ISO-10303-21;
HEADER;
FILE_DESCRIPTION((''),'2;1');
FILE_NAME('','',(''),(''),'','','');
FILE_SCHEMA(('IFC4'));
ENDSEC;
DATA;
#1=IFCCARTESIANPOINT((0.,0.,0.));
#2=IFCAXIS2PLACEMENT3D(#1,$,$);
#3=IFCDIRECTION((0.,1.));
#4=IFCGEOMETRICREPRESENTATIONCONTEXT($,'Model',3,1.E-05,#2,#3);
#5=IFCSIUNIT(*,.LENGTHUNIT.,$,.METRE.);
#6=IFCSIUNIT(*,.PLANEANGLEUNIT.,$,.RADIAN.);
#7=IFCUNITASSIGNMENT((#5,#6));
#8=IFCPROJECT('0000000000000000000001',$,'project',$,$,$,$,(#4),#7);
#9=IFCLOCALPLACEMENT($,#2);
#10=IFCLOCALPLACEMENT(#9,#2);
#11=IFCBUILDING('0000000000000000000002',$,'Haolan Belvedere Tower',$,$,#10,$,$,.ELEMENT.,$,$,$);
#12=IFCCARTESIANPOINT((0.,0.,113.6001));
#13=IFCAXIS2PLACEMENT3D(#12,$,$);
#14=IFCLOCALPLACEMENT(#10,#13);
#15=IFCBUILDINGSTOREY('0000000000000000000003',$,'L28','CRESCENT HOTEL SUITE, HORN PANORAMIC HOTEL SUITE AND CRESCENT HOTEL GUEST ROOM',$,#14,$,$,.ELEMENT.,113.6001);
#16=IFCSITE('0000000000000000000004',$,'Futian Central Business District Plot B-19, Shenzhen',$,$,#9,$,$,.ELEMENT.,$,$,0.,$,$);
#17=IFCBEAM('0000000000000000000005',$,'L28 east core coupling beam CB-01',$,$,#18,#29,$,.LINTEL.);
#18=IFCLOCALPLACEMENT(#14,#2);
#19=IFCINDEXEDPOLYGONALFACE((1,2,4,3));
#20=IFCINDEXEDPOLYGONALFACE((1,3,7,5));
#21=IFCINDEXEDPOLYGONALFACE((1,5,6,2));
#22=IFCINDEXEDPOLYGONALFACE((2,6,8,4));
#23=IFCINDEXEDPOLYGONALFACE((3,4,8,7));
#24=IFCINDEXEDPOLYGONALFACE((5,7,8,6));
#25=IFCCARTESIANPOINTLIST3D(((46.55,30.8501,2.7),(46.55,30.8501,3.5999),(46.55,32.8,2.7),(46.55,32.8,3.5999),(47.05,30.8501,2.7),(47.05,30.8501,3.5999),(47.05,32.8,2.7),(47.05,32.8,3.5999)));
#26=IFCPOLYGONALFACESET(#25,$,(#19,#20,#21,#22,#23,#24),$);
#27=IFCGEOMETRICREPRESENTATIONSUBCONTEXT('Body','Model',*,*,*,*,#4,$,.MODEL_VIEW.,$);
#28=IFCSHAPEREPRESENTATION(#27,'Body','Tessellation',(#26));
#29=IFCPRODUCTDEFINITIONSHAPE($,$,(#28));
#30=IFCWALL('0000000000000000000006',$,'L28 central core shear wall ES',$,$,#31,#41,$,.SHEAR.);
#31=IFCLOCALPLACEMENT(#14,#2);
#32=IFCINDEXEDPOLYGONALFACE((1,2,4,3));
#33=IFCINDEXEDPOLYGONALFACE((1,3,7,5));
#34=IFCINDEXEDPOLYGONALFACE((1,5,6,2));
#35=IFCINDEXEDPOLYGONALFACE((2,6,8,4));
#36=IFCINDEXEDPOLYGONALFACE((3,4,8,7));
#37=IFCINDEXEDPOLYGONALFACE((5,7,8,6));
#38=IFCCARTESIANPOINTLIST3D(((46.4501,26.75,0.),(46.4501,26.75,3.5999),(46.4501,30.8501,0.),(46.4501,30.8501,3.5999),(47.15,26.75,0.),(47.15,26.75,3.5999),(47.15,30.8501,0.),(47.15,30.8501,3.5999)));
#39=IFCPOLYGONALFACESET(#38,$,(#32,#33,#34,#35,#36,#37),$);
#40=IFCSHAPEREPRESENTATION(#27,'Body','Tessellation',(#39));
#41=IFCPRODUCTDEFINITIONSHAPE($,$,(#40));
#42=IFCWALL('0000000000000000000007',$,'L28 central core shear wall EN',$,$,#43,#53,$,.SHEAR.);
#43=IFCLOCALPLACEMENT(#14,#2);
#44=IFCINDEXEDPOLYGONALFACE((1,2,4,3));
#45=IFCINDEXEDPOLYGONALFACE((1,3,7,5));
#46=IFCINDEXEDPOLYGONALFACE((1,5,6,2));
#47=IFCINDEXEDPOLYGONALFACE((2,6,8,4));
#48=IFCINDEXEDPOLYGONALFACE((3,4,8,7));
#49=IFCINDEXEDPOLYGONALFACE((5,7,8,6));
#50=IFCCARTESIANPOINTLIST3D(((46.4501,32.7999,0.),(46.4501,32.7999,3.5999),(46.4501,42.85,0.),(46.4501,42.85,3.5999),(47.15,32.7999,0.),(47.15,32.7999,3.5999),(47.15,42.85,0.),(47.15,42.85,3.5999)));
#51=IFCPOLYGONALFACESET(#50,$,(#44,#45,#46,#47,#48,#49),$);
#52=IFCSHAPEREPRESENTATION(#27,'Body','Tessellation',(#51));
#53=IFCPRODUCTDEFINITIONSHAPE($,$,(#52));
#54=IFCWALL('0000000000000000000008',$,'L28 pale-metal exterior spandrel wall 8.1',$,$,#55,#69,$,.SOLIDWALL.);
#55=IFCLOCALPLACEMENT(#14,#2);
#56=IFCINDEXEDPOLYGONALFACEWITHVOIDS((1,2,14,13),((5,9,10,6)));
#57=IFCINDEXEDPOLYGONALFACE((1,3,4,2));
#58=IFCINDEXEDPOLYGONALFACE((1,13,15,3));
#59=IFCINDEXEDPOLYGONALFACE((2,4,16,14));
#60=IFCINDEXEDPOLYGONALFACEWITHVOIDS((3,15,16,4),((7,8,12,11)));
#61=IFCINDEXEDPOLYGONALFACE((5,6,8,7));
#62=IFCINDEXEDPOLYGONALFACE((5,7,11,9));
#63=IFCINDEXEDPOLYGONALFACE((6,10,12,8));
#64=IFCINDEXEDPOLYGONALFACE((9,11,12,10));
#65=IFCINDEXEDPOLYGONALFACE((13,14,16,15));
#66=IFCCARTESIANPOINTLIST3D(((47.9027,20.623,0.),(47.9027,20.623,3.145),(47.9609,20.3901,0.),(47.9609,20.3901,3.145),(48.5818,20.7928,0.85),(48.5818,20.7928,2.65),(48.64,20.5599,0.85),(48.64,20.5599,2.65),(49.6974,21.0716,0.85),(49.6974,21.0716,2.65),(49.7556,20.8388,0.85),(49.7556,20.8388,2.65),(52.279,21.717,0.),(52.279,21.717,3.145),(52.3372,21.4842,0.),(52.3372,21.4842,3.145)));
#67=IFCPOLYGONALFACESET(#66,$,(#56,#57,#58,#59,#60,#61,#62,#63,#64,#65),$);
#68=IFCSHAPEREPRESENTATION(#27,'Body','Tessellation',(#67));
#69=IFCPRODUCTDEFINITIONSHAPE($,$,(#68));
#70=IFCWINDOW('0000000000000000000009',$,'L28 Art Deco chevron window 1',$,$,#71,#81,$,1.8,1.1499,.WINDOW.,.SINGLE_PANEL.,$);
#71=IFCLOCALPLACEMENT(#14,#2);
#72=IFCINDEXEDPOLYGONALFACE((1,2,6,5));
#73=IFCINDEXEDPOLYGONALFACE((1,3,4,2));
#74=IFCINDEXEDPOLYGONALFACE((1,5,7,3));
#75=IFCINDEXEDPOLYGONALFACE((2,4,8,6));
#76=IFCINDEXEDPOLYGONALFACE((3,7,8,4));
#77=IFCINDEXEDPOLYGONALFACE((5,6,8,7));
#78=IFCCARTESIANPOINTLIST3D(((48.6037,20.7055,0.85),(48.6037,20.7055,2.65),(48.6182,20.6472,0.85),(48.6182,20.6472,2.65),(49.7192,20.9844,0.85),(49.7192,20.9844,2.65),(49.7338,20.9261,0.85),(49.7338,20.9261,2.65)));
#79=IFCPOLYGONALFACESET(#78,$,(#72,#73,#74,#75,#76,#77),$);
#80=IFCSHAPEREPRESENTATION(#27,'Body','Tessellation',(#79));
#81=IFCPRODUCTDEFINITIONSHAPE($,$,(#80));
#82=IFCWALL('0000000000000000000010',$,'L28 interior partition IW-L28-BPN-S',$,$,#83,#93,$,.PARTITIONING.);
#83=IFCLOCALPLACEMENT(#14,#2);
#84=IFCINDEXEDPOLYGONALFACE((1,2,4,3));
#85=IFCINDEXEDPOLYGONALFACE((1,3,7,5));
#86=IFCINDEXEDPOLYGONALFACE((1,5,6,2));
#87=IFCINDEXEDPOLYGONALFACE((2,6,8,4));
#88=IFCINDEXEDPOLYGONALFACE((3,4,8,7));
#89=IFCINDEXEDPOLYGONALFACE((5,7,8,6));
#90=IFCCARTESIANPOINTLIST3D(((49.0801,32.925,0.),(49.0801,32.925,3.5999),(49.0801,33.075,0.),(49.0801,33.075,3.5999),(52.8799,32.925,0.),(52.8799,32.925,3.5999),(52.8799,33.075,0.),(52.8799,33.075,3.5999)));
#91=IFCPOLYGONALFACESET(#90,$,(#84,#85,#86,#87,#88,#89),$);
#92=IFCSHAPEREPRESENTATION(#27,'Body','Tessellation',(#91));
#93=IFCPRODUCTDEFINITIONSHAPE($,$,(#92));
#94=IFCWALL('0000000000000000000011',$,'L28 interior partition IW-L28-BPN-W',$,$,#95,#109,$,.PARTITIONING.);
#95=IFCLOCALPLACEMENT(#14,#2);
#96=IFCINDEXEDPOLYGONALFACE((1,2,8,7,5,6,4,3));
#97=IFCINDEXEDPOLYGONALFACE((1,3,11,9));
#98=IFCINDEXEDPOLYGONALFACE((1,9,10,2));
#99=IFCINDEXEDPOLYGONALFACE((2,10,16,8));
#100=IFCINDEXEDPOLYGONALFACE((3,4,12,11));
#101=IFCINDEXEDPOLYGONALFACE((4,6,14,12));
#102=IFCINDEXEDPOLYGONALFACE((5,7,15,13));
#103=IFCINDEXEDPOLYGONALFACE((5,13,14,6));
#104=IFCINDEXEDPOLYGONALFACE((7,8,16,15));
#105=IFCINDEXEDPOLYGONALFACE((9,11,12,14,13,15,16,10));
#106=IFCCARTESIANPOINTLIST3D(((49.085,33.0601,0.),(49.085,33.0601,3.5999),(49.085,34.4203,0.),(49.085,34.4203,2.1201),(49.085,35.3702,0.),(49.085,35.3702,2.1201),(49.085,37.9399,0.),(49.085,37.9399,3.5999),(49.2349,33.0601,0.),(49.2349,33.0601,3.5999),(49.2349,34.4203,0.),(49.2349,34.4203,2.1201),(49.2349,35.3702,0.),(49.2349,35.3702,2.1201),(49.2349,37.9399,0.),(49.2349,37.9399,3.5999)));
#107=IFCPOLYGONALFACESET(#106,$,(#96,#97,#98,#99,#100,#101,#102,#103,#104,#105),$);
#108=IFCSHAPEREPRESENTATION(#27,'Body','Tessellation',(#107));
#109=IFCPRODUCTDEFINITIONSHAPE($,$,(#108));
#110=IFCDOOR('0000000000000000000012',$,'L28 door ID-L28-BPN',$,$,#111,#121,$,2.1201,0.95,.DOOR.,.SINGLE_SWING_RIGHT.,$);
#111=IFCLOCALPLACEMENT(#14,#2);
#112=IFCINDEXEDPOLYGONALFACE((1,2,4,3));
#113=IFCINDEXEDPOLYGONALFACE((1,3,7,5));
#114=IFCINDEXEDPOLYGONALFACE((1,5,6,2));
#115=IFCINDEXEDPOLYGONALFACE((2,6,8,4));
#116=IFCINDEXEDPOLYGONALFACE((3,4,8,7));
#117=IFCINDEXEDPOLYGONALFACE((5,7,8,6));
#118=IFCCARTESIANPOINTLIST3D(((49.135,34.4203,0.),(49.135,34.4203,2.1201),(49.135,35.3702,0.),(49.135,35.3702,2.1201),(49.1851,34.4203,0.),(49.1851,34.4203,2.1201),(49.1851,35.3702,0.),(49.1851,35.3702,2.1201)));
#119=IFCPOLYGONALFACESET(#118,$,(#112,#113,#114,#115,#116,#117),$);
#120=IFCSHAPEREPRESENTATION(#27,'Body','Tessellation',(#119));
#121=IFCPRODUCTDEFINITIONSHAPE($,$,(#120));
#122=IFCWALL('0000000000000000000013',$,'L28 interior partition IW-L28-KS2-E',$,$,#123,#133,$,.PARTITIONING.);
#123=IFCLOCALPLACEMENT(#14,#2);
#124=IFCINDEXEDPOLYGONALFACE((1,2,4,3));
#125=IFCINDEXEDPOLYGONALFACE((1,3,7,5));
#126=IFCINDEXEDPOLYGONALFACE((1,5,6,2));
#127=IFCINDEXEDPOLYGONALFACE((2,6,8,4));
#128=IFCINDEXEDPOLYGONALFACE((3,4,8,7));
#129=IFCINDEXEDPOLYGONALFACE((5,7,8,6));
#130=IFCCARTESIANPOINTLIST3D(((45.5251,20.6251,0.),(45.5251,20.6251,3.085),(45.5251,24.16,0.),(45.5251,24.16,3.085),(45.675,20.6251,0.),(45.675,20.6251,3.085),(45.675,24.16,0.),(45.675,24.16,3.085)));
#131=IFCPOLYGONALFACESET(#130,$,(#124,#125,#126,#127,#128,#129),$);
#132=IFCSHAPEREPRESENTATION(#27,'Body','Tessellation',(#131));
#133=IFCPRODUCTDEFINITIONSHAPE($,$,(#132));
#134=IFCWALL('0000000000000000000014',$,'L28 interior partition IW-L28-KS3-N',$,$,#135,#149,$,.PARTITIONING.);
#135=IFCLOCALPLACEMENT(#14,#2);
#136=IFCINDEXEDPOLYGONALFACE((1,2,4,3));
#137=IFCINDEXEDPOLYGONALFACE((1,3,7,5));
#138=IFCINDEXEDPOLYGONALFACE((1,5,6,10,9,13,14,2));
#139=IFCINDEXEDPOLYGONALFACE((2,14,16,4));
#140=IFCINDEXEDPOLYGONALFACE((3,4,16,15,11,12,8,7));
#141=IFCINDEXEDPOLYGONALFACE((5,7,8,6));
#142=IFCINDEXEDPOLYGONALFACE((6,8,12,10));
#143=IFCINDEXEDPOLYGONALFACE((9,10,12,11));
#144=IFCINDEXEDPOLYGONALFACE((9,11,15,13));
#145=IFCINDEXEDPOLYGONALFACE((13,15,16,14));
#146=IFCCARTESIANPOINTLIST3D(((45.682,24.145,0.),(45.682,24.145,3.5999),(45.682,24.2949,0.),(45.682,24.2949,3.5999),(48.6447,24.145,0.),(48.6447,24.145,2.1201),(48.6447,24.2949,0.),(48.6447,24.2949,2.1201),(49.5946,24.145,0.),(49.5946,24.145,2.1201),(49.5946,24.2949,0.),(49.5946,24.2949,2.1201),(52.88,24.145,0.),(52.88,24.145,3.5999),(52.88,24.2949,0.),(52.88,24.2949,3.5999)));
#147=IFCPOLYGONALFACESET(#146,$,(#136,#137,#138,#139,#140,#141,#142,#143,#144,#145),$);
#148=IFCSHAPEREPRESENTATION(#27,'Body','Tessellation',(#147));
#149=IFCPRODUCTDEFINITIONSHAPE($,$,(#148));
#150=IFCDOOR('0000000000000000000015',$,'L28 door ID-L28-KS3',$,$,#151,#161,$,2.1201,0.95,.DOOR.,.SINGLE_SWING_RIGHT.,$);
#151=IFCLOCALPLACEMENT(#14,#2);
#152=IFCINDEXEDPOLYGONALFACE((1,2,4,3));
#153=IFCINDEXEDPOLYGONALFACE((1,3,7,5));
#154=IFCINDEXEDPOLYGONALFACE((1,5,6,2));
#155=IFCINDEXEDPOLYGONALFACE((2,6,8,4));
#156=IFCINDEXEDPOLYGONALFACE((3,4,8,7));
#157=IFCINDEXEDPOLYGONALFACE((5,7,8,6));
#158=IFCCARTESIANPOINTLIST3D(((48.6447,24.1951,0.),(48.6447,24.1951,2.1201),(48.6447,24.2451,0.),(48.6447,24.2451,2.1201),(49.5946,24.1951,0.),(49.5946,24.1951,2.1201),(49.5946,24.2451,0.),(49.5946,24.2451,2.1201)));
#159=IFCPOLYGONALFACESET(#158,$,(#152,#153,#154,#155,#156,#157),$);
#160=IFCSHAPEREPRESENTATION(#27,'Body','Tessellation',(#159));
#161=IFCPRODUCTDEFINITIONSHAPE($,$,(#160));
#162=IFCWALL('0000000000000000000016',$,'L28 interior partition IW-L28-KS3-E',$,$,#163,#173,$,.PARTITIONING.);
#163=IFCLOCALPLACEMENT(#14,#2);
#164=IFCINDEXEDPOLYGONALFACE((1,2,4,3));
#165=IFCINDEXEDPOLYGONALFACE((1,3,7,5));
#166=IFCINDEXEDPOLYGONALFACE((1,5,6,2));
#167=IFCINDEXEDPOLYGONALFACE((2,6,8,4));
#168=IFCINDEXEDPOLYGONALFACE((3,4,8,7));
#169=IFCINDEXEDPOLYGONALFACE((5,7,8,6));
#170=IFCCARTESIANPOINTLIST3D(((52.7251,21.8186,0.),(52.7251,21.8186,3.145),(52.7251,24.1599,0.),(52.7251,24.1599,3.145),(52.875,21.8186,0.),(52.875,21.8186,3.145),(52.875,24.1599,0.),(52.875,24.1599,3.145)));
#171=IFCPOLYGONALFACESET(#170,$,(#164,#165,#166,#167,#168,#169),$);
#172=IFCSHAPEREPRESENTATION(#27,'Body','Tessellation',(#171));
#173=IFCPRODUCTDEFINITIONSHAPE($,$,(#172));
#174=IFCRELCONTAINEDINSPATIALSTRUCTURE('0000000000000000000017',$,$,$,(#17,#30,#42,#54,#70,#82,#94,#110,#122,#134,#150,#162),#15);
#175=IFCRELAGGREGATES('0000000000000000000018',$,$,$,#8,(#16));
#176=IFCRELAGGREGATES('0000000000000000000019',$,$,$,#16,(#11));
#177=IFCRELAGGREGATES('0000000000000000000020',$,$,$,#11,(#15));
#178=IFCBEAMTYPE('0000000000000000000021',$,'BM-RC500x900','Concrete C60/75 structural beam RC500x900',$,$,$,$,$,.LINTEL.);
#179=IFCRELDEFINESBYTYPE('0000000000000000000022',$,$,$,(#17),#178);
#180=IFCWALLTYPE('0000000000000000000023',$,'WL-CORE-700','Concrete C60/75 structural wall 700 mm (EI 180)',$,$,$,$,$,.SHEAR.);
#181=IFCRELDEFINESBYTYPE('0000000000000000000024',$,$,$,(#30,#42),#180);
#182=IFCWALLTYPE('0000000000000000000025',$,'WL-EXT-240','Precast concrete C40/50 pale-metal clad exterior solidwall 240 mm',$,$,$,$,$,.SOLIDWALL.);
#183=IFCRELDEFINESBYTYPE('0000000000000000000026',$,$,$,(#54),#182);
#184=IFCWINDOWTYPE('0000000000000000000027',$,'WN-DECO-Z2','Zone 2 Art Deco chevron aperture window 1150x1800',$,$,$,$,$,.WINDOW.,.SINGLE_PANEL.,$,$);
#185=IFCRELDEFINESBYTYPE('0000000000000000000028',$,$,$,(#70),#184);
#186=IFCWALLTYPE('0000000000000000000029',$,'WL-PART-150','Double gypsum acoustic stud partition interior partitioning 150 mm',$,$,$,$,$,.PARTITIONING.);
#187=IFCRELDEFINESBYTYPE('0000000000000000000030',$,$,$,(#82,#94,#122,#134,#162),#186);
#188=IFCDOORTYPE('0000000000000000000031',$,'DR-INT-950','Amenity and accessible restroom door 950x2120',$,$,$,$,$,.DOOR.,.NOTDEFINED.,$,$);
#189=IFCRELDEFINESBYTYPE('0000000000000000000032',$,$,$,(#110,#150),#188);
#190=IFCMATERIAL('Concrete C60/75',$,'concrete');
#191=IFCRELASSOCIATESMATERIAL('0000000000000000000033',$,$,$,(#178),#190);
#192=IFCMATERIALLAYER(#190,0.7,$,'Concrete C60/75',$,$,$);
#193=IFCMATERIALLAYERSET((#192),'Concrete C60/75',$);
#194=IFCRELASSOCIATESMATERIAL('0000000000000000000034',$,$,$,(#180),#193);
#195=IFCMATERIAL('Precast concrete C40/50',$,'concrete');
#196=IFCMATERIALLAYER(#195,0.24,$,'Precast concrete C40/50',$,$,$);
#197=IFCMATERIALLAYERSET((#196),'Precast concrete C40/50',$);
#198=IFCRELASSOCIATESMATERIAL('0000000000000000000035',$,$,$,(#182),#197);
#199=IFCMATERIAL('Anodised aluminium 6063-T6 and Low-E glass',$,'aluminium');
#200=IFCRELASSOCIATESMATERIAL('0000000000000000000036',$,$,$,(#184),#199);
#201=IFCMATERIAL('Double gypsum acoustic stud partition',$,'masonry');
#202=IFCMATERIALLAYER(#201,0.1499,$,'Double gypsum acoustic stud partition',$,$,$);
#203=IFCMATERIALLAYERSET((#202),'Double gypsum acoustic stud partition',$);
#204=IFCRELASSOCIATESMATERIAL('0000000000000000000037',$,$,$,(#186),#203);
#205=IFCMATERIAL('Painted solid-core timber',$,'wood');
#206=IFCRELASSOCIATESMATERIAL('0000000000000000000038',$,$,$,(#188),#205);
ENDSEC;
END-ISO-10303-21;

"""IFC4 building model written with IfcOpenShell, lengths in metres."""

from ifc_helpers import new_model, si_unit, direction, frame, frame_2d, origin, origin_2d, place, context, subcontext, project, spatial, rectangle, extrude, material, layer, layer_set, material_profile, profile_set, type_object, element, fill, save


model = new_model("IFC4")

# Units and contexts
model_context = context("Model", 3, precision=1e-05, world=origin(), true_north=direction((0.0, 1.0)))
body_context = subcontext(model_context, "Body", "Model", "MODEL_VIEW")
ifc_project = project(units=[si_unit("LENGTHUNIT", "METRE"), si_unit("PLANEANGLEUNIT", "RADIAN")], contexts=[model_context])

# Site, building, storey
site_placement = place(None, origin())
site = spatial("IfcSite", under=ifc_project, at=site_placement, Name="Futian Central Business District Plot B-19, Shenzhen", CompositionType="ELEMENT", RefElevation=0.0)
building_placement = place(site_placement, origin())
building = spatial("IfcBuilding", under=site, at=building_placement, Name="Haolan Belvedere Tower", CompositionType="ELEMENT")
storey_placement = place(building_placement, frame((0.0, 0.0, 113.6001)))
storey = spatial("IfcBuildingStorey", under=building, at=storey_placement, Name="L28", Description="CRESCENT HOTEL SUITE, HORN PANORAMIC HOTEL SUITE AND CRESCENT HOTEL GUEST ROOM", CompositionType="ELEMENT", Elevation=113.6001)

# Beam
ifc_material_1 = material(Name="Concrete C60/75", Category="concrete")
ifc_material_profile_1 = material_profile(ifc_material_1, rectangle(XDim=0.5, YDim=0.8999, at=origin_2d()), Name="Concrete C60/75")
ifc_profile_set_1 = profile_set([ifc_material_profile_1], Name="Concrete C60/75")
beam_type_1 = type_object("IfcBeamType", Name="BM-RC500x900", Description="Concrete C60/75 structural beam RC500x900", PredefinedType="LINTEL", material=ifc_profile_set_1)
beam_1_placement = place(storey_placement, frame((46.8, 30.8501, 3.1499), z_axis=(0.0, 1.0, 0.0), x_axis=(-1.0, 0.0, 0.0)))
element("IfcBeam", 1, at=beam_1_placement, inside=storey, type_object=beam_type_1, Name="L28 east core coupling beam CB-01", PredefinedType="LINTEL", context=body_context, shape_type="SweptSolid", body=[
    extrude(rectangle(XDim=0.5, YDim=0.8999, at=origin_2d()), origin(), (0.0, 0.0, 1.0), 1.95),
])

# Walls
ifc_layer_1 = layer(ifc_material_1, 0.7, Name="Concrete C60/75")
ifc_layer_set_1 = layer_set([ifc_layer_1], Name="Concrete C60/75")
wall_type_1 = type_object("IfcWallType", Name="WL-CORE-700", Description="Concrete C60/75 structural wall 700 mm (EI 180)", PredefinedType="SHEAR", material=ifc_layer_set_1)
wall_1_placement = place(storey_placement, frame((46.8, 26.75, 0.0), z_axis=(0.0, 0.0, 1.0), x_axis=(0.0, 1.0, 0.0)))
element("IfcWall", 2, at=wall_1_placement, inside=storey, type_object=wall_type_1, Name="L28 central core shear wall ES", PredefinedType="SHEAR", context=body_context, shape_type="SweptSolid", body=[
    extrude(rectangle(XDim=4.1001, YDim=0.7, at=frame_2d((2.05, 0.0))), origin(), (0.0, 0.0, 1.0), 3.5999),
])
wall_2_placement = place(storey_placement, frame((46.8, 32.8, 0.0), z_axis=(0.0, 0.0, 1.0), x_axis=(0.0, 1.0, 0.0)))
element("IfcWall", 3, at=wall_2_placement, inside=storey, type_object=wall_type_1, Name="L28 central core shear wall EN", PredefinedType="SHEAR", context=body_context, shape_type="SweptSolid", body=[
    extrude(rectangle(XDim=10.05, YDim=0.7, at=frame_2d((5.0249, 0.0))), origin(), (0.0, 0.0, 1.0), 3.5999),
])

# Wall, opening, window
ifc_material_2 = material(Name="Precast concrete C40/50", Category="concrete")
ifc_layer_2 = layer(ifc_material_2, 0.24, Name="Precast concrete C40/50")
ifc_layer_set_2 = layer_set([ifc_layer_2], Name="Precast concrete C40/50")
wall_type_2 = type_object("IfcWallType", Name="WL-EXT-240", Description="Precast concrete C40/50 pale-metal clad exterior solidwall 240 mm", PredefinedType="SOLIDWALL", material=ifc_layer_set_2)
wall_3_placement = place(storey_placement, frame((47.9319, 20.5066, 0.0), z_axis=(0.0, 0.0, 1.0), x_axis=(0.970146, 0.242523, 0.0)))
wall_3 = element("IfcWall", 4, at=wall_3_placement, inside=storey, type_object=wall_type_2, Name="L28 pale-metal exterior spandrel wall 8.1", PredefinedType="SOLIDWALL", context=body_context, shape_type="SweptSolid", body=[
    extrude(rectangle(XDim=4.511, YDim=0.24, at=frame_2d((2.2554, 0.0))), origin(), (0.0, 0.0, 1.0), 3.145),
])
opening_1_placement = place(wall_3_placement, frame((0.7, 0.0, 0.8501)))
opening_1 = element("IfcOpeningElement", 5, at=opening_1_placement, cuts=wall_3, PredefinedType="OPENING", context=body_context, shape_type="SweptSolid", body=[
    extrude(rectangle(XDim=1.1499, YDim=1.8, at=frame_2d((0.575, 0.8999))), frame((0.0, 0.1299, 0.0), z_axis=(0.0, -1.0, 0.0), x_axis=(1.0, 0.0, 0.0)), (0.0, 0.0, 1.0), 0.26),
])
ifc_material_3 = material(Name="Anodised aluminium 6063-T6 and Low-E glass", Category="aluminium")
window_type = type_object("IfcWindowType", Name="WN-DECO-Z2", Description="Zone 2 Art Deco chevron aperture window 1150x1800", PartitioningType="SINGLE_PANEL", PredefinedType="WINDOW", material=ifc_material_3)
window_placement = place(opening_1_placement, origin())
window = element("IfcWindow", 6, at=window_placement, inside=storey, type_object=window_type, Name="L28 Art Deco chevron window 1", OverallHeight=1.8, OverallWidth=1.1499, PartitioningType="SINGLE_PANEL", PredefinedType="WINDOW", context=body_context, shape_type="SweptSolid", body=[
    extrude(rectangle(XDim=1.1499, YDim=1.8, at=frame_2d((0.575, 0.8999))), frame((0.0, 0.03, 0.0), z_axis=(0.0, -1.0, 0.0), x_axis=(1.0, 0.0, 0.0)), (0.0, 0.0, 1.0), 0.0601),
])
fill(opening_1, window)

# Wall
ifc_material_4 = material(Name="Double gypsum acoustic stud partition", Category="masonry")
ifc_layer_3 = layer(ifc_material_4, 0.1499, Name="Double gypsum acoustic stud partition")
ifc_layer_set_3 = layer_set([ifc_layer_3], Name="Double gypsum acoustic stud partition")
wall_type_3 = type_object("IfcWallType", Name="WL-PART-150", Description="Double gypsum acoustic stud partition interior partitioning 150 mm", PredefinedType="PARTITIONING", material=ifc_layer_set_3)
wall_4_placement = place(storey_placement, frame((49.0801, 33.0, 0.0), z_axis=(0.0, 0.0, 1.0), x_axis=(1.0, 0.0, 0.0)))
element("IfcWall", 7, at=wall_4_placement, inside=storey, type_object=wall_type_3, Name="L28 interior partition IW-L28-BPN-S", PredefinedType="PARTITIONING", context=body_context, shape_type="SweptSolid", body=[
    extrude(rectangle(XDim=3.7998, YDim=0.1499, at=frame_2d((1.8999, 0.0))), origin(), (0.0, 0.0, 1.0), 3.5999),
])

# Wall, opening, door
wall_5_placement = place(storey_placement, frame((49.1599, 33.0601, 0.0), z_axis=(0.0, 0.0, 1.0), x_axis=(0.0, 1.0, 0.0)))
wall_5 = element("IfcWall", 8, at=wall_5_placement, inside=storey, type_object=wall_type_3, Name="L28 interior partition IW-L28-BPN-W", PredefinedType="PARTITIONING", context=body_context, shape_type="SweptSolid", body=[
    extrude(rectangle(XDim=4.8799, YDim=0.1499, at=frame_2d((2.4399, 0.0))), origin(), (0.0, 0.0, 1.0), 3.5999),
])
opening_2_placement = place(wall_5_placement, frame((1.3601, 0.0, 0.0)))
opening_2 = element("IfcOpeningElement", 9, at=opening_2_placement, cuts=wall_5, PredefinedType="OPENING", context=body_context, shape_type="SweptSolid", body=[
    extrude(rectangle(XDim=0.95, YDim=2.1201, at=frame_2d((0.4751, 1.0601))), frame((0.0, 0.085, 0.0), z_axis=(0.0, -1.0, 0.0), x_axis=(1.0, 0.0, 0.0)), (0.0, 0.0, 1.0), 0.1699),
])
ifc_material_5 = material(Name="Painted solid-core timber", Category="wood")
door_type_1 = type_object("IfcDoorType", Name="DR-INT-950", Description="Amenity and accessible restroom door 950x2120", OperationType="NOTDEFINED", PredefinedType="DOOR", material=ifc_material_5)
door_1_placement = place(opening_2_placement, origin())
door_1 = element("IfcDoor", 10, at=door_1_placement, inside=storey, type_object=door_type_1, Name="L28 door ID-L28-BPN", OperationType="SINGLE_SWING_RIGHT", OverallHeight=2.1201, OverallWidth=0.95, PredefinedType="DOOR", context=body_context, shape_type="SweptSolid", body=[
    extrude(rectangle(XDim=0.95, YDim=2.1201, at=frame_2d((0.4751, 1.0601))), frame((0.0, 0.0249, 0.0), z_axis=(0.0, -1.0, 0.0), x_axis=(1.0, 0.0, 0.0)), (0.0, 0.0, 1.0), 0.05),
])
fill(opening_2, door_1)

# Wall
wall_6_placement = place(storey_placement, frame((45.6001, 20.625, 0.0), z_axis=(0.0, 0.0, 1.0), x_axis=(0.0, 1.0, 0.0)))
element("IfcWall", 11, at=wall_6_placement, inside=storey, type_object=wall_type_3, Name="L28 interior partition IW-L28-KS2-E", PredefinedType="PARTITIONING", context=body_context, shape_type="SweptSolid", body=[
    extrude(rectangle(XDim=3.5349, YDim=0.1499, at=frame_2d((1.7676, 0.0))), origin(), (0.0, 0.0, 1.0), 3.085),
])

# Wall, opening, door
wall_7_placement = place(storey_placement, frame((45.6819, 24.22, 0.0), z_axis=(0.0, 0.0, 1.0), x_axis=(1.0, 0.0, 0.0)))
wall_7 = element("IfcWall", 12, at=wall_7_placement, inside=storey, type_object=wall_type_3, Name="L28 interior partition IW-L28-KS3-N", PredefinedType="PARTITIONING", context=body_context, shape_type="SweptSolid", body=[
    extrude(rectangle(XDim=7.198, YDim=0.1499, at=frame_2d((3.5991, 0.0))), origin(), (0.0, 0.0, 1.0), 3.5999),
])
opening_3_placement = place(wall_7_placement, frame((3.9128, 0.0, 0.0), z_axis=(0.0, 0.0, 1.0), x_axis=(-1.0, 0.0, 0.0)))
opening_3 = element("IfcOpeningElement", 13, at=opening_3_placement, cuts=wall_7, PredefinedType="OPENING", context=body_context, shape_type="SweptSolid", body=[
    extrude(rectangle(XDim=0.95, YDim=2.1201, at=frame_2d((0.4751, 1.0601))), frame((0.0, 0.085, 0.0), z_axis=(0.0, -1.0, 0.0), x_axis=(1.0, 0.0, 0.0)), (0.0, 0.0, 1.0), 0.1699),
])
door_2_placement = place(opening_3_placement, origin())
door_2 = element("IfcDoor", 14, at=door_2_placement, inside=storey, type_object=door_type_1, Name="L28 door ID-L28-KS3", OperationType="SINGLE_SWING_RIGHT", OverallHeight=2.1201, OverallWidth=0.95, PredefinedType="DOOR", context=body_context, shape_type="SweptSolid", body=[
    extrude(rectangle(XDim=0.95, YDim=2.1201, at=frame_2d((0.4751, 1.0601))), frame((0.0, 0.0249, 0.0), z_axis=(0.0, -1.0, 0.0), x_axis=(1.0, 0.0, 0.0)), (0.0, 0.0, 1.0), 0.05),
])
fill(opening_3, door_2)

# Wall
wall_8_placement = place(storey_placement, frame((52.8, 21.8186, 0.0), z_axis=(0.0, 0.0, 1.0), x_axis=(0.0, 1.0, 0.0)))
element("IfcWall", 15, at=wall_8_placement, inside=storey, type_object=wall_type_3, Name="L28 interior partition IW-L28-KS3-E", PredefinedType="PARTITIONING", context=body_context, shape_type="SweptSolid", body=[
    extrude(rectangle(XDim=2.3413, YDim=0.1499, at=frame_2d((1.1707, 0.0))), origin(), (0.0, 0.0, 1.0), 3.145),
])

save(model, "model.ifc")
